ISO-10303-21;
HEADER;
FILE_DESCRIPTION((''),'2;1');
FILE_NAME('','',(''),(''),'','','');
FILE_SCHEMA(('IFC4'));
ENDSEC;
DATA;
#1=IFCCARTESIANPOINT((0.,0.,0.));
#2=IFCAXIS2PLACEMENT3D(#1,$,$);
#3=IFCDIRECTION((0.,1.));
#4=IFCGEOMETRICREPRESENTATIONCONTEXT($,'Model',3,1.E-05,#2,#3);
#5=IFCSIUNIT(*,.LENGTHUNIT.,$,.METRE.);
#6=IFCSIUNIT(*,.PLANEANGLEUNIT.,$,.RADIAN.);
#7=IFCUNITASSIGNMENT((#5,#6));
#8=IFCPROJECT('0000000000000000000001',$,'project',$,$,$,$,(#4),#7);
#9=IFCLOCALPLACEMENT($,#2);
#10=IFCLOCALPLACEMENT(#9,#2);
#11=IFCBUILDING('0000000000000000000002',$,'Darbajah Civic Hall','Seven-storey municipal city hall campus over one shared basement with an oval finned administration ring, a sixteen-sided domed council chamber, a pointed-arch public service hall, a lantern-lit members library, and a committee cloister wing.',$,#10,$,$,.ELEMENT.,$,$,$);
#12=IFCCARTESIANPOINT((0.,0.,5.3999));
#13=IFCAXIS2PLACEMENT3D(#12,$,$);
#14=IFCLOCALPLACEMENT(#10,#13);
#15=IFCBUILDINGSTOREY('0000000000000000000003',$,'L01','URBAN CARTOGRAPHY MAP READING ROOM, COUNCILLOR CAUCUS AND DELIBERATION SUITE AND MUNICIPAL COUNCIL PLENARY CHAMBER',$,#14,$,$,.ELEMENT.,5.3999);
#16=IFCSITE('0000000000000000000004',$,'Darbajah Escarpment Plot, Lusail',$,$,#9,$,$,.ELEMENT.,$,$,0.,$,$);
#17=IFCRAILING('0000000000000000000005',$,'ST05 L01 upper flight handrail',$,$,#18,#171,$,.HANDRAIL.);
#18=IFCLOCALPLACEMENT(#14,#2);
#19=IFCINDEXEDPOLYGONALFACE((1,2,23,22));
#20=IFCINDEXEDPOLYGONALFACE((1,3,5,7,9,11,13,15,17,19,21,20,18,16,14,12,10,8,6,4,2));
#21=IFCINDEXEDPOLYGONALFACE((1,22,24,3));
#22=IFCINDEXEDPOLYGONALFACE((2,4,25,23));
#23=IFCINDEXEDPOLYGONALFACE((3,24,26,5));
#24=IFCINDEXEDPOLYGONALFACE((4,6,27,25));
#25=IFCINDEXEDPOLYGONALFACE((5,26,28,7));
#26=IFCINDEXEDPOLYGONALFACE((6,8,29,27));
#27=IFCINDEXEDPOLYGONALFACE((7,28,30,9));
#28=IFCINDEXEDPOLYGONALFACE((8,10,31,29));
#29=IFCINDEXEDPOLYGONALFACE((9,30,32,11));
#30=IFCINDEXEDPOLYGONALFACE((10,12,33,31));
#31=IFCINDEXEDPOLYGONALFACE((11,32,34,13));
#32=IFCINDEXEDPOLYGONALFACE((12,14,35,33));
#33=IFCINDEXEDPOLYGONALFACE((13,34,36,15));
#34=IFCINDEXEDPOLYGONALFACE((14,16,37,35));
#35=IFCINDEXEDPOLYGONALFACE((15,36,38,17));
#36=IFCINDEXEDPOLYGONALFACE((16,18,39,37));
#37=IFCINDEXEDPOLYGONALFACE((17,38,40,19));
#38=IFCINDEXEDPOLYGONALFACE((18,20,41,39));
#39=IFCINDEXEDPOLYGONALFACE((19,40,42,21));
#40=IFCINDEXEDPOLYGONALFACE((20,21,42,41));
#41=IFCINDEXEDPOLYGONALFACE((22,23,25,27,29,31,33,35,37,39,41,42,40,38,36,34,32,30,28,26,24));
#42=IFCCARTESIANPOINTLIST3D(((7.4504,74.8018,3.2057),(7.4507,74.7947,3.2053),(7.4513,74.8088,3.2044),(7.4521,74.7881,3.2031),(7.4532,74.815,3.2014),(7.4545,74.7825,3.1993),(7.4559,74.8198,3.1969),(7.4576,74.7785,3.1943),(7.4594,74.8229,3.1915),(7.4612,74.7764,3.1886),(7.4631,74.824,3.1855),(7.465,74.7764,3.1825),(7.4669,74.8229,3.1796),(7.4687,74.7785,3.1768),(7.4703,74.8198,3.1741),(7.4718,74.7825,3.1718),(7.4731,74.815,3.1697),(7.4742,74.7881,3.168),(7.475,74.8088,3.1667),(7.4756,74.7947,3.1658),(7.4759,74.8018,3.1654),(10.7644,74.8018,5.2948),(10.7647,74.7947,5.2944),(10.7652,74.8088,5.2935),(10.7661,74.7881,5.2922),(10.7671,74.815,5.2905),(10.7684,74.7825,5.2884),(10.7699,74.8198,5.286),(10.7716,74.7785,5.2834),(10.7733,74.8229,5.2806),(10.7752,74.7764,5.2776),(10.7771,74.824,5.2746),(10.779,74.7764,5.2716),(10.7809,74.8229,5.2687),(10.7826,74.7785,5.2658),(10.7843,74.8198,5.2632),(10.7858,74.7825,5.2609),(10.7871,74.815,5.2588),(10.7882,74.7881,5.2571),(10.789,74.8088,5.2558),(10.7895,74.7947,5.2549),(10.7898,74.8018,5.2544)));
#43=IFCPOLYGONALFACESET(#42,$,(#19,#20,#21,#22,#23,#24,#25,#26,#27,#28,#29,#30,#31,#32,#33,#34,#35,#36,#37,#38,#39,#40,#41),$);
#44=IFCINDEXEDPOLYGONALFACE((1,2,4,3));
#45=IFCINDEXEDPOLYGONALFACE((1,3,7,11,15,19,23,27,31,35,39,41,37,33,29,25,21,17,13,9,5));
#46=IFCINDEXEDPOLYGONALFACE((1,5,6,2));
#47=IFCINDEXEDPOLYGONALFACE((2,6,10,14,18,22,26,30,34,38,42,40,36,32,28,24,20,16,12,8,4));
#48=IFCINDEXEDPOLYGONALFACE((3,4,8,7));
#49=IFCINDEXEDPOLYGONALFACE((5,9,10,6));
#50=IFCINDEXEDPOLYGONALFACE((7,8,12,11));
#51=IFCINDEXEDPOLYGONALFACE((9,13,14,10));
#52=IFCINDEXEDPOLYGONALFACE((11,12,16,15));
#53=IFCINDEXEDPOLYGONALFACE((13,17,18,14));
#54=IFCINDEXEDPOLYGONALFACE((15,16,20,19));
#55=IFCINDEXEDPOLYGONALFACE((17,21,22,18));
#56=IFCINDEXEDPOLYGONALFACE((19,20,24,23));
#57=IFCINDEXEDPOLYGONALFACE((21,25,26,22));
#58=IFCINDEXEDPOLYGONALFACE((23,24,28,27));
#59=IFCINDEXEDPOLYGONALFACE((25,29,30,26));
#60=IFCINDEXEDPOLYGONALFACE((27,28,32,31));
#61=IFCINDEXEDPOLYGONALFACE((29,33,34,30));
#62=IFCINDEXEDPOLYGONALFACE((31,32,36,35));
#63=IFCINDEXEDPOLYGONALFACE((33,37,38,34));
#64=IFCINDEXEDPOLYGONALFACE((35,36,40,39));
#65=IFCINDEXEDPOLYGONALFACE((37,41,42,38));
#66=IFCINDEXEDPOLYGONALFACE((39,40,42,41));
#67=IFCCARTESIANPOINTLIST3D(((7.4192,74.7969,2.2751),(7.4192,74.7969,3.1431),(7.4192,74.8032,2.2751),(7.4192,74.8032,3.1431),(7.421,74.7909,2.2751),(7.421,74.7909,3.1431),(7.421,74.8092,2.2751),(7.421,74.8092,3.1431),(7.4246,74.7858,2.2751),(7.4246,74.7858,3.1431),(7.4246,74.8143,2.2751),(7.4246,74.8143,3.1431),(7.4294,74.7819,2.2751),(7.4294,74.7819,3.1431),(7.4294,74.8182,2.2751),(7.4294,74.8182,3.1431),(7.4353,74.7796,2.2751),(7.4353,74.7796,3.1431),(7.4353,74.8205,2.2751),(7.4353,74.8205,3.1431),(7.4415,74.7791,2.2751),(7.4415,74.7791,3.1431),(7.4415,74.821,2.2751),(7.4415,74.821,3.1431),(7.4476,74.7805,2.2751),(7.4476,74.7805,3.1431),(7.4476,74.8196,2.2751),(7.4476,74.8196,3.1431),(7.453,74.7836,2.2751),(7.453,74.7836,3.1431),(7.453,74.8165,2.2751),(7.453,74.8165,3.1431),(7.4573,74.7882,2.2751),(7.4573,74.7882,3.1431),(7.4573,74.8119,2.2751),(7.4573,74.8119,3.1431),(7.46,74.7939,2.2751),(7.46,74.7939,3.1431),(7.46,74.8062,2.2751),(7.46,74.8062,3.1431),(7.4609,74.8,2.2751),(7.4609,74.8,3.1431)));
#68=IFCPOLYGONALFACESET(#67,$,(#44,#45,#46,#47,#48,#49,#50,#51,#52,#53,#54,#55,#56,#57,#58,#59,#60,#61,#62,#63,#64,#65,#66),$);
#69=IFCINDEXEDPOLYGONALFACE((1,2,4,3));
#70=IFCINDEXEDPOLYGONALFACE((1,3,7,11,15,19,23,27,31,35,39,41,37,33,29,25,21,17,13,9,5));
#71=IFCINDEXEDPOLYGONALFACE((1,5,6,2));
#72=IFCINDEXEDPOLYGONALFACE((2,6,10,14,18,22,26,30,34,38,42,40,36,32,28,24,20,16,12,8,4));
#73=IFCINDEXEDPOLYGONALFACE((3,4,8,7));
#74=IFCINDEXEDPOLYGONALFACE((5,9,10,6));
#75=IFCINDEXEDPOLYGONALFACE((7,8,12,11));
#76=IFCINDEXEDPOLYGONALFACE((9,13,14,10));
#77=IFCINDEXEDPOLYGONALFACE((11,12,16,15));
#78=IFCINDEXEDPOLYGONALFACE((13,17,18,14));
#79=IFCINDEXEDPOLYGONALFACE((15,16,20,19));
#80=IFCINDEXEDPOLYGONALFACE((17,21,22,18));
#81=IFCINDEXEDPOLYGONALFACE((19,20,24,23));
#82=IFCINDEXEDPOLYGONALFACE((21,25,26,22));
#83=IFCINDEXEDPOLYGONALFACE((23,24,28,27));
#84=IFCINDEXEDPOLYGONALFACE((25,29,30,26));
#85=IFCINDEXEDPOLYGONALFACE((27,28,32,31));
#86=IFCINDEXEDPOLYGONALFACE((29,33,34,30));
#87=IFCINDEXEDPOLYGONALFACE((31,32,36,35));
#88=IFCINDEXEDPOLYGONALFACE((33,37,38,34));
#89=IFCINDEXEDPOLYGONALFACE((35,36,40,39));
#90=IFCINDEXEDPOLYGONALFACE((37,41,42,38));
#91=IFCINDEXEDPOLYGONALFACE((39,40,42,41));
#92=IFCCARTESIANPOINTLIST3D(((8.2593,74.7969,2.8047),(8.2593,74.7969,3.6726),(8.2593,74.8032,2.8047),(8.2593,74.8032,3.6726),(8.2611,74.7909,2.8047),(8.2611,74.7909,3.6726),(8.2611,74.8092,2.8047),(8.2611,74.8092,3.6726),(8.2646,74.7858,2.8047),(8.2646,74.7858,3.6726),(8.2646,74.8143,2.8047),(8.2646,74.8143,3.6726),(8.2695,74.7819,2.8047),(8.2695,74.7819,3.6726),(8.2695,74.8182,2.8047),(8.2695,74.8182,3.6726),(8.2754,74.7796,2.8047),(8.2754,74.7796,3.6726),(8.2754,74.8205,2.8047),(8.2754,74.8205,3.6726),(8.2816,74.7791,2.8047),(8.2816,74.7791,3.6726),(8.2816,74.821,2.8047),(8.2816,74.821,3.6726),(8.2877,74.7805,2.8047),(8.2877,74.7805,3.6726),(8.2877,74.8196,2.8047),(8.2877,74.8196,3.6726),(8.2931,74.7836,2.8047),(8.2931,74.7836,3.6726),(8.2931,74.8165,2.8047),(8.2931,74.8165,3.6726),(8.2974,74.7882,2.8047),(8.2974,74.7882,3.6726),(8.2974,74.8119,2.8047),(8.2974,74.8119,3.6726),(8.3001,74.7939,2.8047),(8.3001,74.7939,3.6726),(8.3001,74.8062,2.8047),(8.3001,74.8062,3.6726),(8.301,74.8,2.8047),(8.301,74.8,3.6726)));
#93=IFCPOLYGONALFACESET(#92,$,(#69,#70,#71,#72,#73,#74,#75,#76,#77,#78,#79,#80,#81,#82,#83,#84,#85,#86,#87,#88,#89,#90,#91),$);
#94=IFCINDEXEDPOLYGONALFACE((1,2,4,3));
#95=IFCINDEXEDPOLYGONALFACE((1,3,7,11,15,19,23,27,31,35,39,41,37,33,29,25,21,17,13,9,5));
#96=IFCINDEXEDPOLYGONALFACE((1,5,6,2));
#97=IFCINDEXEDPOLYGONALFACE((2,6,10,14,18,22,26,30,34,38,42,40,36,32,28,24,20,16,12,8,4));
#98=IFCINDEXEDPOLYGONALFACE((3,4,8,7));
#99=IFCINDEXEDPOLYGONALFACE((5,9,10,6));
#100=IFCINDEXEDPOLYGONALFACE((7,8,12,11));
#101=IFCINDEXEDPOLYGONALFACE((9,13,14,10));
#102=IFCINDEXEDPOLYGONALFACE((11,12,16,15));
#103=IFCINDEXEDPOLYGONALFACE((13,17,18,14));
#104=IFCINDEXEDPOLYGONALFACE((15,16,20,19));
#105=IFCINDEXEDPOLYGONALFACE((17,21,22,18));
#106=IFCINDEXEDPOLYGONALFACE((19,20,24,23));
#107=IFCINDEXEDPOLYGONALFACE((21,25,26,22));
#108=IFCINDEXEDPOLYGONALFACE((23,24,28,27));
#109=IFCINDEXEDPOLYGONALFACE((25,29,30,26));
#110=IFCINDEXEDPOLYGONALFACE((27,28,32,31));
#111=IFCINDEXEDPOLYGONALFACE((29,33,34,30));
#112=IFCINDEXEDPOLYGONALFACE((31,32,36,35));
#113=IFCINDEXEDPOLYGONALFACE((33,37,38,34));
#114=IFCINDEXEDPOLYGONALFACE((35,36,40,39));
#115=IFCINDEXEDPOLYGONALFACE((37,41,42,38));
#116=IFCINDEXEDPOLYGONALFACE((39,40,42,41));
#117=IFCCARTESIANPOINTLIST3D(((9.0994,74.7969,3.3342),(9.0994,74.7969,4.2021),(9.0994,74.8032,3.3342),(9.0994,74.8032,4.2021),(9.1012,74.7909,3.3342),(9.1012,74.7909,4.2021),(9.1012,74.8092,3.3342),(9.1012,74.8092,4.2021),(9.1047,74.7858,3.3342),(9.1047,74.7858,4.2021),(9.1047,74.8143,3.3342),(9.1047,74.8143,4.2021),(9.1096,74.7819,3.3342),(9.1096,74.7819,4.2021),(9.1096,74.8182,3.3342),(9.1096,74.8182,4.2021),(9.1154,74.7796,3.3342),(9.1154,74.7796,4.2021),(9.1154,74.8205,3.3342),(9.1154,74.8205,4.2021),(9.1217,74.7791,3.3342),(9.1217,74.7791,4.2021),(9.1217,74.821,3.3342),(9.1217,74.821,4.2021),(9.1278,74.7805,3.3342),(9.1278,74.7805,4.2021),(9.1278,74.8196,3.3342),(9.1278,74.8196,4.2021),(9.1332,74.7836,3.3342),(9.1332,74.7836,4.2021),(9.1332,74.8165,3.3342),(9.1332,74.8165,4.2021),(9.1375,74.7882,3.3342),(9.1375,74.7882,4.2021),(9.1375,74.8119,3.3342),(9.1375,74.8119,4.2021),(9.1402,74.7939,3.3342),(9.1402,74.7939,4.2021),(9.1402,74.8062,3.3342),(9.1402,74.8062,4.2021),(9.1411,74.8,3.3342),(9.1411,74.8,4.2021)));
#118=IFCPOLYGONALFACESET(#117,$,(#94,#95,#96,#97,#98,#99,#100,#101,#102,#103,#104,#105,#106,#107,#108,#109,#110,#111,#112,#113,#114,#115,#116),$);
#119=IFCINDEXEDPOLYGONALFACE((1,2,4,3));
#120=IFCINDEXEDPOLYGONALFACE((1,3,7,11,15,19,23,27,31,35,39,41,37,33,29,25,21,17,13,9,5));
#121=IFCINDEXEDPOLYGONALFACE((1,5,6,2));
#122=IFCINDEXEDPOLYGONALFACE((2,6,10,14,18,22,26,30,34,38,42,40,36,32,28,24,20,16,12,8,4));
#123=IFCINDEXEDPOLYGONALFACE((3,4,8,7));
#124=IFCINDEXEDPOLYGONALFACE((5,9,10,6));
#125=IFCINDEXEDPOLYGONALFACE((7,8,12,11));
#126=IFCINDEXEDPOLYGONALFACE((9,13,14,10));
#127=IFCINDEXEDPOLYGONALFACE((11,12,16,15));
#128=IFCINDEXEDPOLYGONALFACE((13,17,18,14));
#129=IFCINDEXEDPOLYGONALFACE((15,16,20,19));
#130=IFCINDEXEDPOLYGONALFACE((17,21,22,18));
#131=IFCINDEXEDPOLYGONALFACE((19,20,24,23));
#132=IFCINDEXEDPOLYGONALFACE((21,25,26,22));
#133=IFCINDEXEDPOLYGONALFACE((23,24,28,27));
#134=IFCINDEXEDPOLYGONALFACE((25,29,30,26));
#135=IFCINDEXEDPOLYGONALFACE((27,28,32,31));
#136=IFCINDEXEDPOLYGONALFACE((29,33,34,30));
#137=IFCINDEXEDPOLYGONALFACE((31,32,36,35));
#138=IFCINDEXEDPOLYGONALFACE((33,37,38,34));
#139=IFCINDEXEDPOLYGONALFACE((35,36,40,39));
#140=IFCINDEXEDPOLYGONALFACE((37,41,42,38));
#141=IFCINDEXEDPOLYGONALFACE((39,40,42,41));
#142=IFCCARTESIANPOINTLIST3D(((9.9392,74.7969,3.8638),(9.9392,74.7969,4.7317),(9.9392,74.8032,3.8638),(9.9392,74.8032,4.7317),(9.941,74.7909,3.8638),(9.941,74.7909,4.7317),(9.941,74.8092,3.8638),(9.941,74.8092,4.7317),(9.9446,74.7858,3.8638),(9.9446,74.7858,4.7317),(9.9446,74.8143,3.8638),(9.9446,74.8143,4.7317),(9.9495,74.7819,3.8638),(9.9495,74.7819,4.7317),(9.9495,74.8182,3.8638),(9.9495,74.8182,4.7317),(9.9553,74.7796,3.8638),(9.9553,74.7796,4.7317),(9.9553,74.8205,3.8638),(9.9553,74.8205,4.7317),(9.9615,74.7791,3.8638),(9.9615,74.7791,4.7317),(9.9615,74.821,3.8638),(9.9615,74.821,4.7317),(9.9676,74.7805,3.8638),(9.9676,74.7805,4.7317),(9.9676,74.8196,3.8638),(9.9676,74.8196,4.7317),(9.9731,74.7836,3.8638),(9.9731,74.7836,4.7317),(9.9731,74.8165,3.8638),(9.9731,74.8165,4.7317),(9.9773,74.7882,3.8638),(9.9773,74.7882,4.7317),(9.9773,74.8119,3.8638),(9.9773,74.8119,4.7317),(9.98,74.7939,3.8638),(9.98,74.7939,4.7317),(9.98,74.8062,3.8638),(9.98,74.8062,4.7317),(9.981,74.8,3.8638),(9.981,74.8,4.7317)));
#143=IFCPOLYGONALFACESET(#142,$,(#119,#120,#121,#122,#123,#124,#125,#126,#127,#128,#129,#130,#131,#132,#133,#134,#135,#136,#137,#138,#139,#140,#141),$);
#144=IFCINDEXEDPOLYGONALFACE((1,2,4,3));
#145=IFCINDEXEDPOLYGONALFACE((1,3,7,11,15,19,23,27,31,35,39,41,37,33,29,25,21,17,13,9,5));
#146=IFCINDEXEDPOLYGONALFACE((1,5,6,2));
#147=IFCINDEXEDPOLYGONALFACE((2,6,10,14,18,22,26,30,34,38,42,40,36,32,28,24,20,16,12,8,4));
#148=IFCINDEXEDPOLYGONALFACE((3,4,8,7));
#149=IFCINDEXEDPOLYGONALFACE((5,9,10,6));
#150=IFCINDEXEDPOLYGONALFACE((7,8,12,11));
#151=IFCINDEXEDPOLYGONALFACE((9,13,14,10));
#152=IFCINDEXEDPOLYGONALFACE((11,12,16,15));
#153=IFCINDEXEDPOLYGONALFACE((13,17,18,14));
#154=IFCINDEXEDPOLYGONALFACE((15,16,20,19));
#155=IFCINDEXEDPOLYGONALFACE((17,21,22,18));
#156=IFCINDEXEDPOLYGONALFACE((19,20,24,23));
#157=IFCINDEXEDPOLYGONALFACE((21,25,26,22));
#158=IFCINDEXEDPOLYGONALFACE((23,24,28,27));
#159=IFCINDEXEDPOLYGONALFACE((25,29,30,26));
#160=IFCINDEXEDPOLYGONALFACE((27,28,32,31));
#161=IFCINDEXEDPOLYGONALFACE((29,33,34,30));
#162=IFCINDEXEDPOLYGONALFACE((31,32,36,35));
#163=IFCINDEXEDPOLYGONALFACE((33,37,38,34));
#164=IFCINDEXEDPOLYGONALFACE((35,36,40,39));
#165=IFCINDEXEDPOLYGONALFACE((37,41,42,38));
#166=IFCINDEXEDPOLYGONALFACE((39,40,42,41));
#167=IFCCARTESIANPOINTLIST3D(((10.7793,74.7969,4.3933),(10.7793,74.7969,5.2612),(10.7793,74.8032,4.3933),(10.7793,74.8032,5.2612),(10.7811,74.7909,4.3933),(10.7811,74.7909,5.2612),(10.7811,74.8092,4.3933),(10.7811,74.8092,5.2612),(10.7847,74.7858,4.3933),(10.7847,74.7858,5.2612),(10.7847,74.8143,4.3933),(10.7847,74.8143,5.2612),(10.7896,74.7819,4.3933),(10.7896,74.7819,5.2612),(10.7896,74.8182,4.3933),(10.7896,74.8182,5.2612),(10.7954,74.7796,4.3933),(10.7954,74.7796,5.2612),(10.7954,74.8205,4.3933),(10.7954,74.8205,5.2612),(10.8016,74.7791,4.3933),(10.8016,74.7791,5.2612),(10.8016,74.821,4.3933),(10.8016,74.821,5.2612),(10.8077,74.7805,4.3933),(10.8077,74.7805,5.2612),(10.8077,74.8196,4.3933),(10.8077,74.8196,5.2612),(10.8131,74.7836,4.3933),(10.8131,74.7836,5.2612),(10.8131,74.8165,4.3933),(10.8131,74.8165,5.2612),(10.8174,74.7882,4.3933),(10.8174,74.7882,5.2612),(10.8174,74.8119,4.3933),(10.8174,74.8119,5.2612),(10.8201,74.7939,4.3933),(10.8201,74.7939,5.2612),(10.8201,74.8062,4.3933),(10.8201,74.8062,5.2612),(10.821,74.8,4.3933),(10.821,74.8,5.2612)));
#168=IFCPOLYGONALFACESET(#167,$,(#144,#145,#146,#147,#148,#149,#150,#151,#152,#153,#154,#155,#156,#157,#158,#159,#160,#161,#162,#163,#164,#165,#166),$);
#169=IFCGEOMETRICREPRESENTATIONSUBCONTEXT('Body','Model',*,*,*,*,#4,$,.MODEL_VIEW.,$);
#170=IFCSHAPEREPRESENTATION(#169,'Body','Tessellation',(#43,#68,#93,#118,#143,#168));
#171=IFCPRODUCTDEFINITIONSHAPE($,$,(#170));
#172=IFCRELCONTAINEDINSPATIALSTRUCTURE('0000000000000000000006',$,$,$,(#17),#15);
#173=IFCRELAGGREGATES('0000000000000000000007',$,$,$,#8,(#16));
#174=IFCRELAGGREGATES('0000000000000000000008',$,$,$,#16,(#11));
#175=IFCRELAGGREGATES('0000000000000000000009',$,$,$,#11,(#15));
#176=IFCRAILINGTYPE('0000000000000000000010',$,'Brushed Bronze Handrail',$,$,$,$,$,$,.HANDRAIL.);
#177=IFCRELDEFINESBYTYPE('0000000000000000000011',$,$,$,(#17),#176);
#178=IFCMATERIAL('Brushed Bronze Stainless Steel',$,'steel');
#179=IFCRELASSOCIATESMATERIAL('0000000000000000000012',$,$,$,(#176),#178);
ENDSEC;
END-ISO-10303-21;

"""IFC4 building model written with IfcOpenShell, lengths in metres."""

from ifc_helpers import new_model, si_unit, direction, frame, origin, origin_2d, place, context, subcontext, project, spatial, circle, extrude, material, type_object, element, save


model = new_model("IFC4")

# Units and contexts
model_context = context("Model", 3, precision=1e-05, world=origin(), true_north=direction((0.0, 1.0)))
body_context = subcontext(model_context, "Body", "Model", "MODEL_VIEW")
ifc_project = project(units=[si_unit("LENGTHUNIT", "METRE"), si_unit("PLANEANGLEUNIT", "RADIAN")], contexts=[model_context])

# Site, building, storey
site_placement = place(None, origin())
site = spatial("IfcSite", under=ifc_project, at=site_placement, Name="Darbajah Escarpment Plot, Lusail", CompositionType="ELEMENT", RefElevation=0.0)
building_placement = place(site_placement, origin())
building = spatial("IfcBuilding", under=site, at=building_placement, Name="Darbajah Civic Hall", Description="Seven-storey municipal city hall campus over one shared basement with an oval finned administration ring, a sixteen-sided domed council chamber, a pointed-arch public service hall, a lantern-lit members library, and a committee cloister wing.", CompositionType="ELEMENT")
storey_placement = place(building_placement, frame((0.0, 0.0, 5.3999)))
storey = spatial("IfcBuildingStorey", under=building, at=storey_placement, Name="L01", Description="URBAN CARTOGRAPHY MAP READING ROOM, COUNCILLOR CAUCUS AND DELIBERATION SUITE AND MUNICIPAL COUNCIL PLENARY CHAMBER", CompositionType="ELEMENT", Elevation=5.3999)

# Railing
ifc_material_1 = material(Name="Brushed Bronze Stainless Steel", Category="steel")
railing_type_1 = type_object("IfcRailingType", Name="Brushed Bronze Handrail", PredefinedType="HANDRAIL", material=ifc_material_1)
railing_1_placement = place(storey_placement, frame((7.4399, 74.8, 2.2751)))
element("IfcRailing", 1, at=railing_1_placement, inside=storey, type_object=railing_type_1, Name="ST05 L01 upper flight handrail", PredefinedType="HANDRAIL", context=body_context, shape_type="SweptSolid", body=[
    extrude(circle(Radius=0.0239, at=origin_2d()), frame((0.0232, 0.0, 0.9104), z_axis=(0.845944, 0.0, 0.533271), x_axis=(0.0, 1.0, 0.0)), (0.0, 0.0, 1.0), 3.9175),
    extrude(circle(Radius=0.021, at=origin_2d()), origin(), (0.0, 0.0, 1.0), 0.8679),
    extrude(circle(Radius=0.021, at=origin_2d()), frame((0.8401, 0.0, 0.5295)), (0.0, 0.0, 1.0), 0.8679),
    extrude(circle(Radius=0.021, at=origin_2d()), frame((1.6802, 0.0, 1.0591)), (0.0, 0.0, 1.0), 0.8679),
    extrude(circle(Radius=0.021, at=origin_2d()), frame((2.52, 0.0, 1.5886)), (0.0, 0.0, 1.0), 0.8679),
    extrude(circle(Radius=0.021, at=origin_2d()), frame((3.3601, 0.0, 2.1182)), (0.0, 0.0, 1.0), 0.8679),
])

save(model, "model.ifc")
